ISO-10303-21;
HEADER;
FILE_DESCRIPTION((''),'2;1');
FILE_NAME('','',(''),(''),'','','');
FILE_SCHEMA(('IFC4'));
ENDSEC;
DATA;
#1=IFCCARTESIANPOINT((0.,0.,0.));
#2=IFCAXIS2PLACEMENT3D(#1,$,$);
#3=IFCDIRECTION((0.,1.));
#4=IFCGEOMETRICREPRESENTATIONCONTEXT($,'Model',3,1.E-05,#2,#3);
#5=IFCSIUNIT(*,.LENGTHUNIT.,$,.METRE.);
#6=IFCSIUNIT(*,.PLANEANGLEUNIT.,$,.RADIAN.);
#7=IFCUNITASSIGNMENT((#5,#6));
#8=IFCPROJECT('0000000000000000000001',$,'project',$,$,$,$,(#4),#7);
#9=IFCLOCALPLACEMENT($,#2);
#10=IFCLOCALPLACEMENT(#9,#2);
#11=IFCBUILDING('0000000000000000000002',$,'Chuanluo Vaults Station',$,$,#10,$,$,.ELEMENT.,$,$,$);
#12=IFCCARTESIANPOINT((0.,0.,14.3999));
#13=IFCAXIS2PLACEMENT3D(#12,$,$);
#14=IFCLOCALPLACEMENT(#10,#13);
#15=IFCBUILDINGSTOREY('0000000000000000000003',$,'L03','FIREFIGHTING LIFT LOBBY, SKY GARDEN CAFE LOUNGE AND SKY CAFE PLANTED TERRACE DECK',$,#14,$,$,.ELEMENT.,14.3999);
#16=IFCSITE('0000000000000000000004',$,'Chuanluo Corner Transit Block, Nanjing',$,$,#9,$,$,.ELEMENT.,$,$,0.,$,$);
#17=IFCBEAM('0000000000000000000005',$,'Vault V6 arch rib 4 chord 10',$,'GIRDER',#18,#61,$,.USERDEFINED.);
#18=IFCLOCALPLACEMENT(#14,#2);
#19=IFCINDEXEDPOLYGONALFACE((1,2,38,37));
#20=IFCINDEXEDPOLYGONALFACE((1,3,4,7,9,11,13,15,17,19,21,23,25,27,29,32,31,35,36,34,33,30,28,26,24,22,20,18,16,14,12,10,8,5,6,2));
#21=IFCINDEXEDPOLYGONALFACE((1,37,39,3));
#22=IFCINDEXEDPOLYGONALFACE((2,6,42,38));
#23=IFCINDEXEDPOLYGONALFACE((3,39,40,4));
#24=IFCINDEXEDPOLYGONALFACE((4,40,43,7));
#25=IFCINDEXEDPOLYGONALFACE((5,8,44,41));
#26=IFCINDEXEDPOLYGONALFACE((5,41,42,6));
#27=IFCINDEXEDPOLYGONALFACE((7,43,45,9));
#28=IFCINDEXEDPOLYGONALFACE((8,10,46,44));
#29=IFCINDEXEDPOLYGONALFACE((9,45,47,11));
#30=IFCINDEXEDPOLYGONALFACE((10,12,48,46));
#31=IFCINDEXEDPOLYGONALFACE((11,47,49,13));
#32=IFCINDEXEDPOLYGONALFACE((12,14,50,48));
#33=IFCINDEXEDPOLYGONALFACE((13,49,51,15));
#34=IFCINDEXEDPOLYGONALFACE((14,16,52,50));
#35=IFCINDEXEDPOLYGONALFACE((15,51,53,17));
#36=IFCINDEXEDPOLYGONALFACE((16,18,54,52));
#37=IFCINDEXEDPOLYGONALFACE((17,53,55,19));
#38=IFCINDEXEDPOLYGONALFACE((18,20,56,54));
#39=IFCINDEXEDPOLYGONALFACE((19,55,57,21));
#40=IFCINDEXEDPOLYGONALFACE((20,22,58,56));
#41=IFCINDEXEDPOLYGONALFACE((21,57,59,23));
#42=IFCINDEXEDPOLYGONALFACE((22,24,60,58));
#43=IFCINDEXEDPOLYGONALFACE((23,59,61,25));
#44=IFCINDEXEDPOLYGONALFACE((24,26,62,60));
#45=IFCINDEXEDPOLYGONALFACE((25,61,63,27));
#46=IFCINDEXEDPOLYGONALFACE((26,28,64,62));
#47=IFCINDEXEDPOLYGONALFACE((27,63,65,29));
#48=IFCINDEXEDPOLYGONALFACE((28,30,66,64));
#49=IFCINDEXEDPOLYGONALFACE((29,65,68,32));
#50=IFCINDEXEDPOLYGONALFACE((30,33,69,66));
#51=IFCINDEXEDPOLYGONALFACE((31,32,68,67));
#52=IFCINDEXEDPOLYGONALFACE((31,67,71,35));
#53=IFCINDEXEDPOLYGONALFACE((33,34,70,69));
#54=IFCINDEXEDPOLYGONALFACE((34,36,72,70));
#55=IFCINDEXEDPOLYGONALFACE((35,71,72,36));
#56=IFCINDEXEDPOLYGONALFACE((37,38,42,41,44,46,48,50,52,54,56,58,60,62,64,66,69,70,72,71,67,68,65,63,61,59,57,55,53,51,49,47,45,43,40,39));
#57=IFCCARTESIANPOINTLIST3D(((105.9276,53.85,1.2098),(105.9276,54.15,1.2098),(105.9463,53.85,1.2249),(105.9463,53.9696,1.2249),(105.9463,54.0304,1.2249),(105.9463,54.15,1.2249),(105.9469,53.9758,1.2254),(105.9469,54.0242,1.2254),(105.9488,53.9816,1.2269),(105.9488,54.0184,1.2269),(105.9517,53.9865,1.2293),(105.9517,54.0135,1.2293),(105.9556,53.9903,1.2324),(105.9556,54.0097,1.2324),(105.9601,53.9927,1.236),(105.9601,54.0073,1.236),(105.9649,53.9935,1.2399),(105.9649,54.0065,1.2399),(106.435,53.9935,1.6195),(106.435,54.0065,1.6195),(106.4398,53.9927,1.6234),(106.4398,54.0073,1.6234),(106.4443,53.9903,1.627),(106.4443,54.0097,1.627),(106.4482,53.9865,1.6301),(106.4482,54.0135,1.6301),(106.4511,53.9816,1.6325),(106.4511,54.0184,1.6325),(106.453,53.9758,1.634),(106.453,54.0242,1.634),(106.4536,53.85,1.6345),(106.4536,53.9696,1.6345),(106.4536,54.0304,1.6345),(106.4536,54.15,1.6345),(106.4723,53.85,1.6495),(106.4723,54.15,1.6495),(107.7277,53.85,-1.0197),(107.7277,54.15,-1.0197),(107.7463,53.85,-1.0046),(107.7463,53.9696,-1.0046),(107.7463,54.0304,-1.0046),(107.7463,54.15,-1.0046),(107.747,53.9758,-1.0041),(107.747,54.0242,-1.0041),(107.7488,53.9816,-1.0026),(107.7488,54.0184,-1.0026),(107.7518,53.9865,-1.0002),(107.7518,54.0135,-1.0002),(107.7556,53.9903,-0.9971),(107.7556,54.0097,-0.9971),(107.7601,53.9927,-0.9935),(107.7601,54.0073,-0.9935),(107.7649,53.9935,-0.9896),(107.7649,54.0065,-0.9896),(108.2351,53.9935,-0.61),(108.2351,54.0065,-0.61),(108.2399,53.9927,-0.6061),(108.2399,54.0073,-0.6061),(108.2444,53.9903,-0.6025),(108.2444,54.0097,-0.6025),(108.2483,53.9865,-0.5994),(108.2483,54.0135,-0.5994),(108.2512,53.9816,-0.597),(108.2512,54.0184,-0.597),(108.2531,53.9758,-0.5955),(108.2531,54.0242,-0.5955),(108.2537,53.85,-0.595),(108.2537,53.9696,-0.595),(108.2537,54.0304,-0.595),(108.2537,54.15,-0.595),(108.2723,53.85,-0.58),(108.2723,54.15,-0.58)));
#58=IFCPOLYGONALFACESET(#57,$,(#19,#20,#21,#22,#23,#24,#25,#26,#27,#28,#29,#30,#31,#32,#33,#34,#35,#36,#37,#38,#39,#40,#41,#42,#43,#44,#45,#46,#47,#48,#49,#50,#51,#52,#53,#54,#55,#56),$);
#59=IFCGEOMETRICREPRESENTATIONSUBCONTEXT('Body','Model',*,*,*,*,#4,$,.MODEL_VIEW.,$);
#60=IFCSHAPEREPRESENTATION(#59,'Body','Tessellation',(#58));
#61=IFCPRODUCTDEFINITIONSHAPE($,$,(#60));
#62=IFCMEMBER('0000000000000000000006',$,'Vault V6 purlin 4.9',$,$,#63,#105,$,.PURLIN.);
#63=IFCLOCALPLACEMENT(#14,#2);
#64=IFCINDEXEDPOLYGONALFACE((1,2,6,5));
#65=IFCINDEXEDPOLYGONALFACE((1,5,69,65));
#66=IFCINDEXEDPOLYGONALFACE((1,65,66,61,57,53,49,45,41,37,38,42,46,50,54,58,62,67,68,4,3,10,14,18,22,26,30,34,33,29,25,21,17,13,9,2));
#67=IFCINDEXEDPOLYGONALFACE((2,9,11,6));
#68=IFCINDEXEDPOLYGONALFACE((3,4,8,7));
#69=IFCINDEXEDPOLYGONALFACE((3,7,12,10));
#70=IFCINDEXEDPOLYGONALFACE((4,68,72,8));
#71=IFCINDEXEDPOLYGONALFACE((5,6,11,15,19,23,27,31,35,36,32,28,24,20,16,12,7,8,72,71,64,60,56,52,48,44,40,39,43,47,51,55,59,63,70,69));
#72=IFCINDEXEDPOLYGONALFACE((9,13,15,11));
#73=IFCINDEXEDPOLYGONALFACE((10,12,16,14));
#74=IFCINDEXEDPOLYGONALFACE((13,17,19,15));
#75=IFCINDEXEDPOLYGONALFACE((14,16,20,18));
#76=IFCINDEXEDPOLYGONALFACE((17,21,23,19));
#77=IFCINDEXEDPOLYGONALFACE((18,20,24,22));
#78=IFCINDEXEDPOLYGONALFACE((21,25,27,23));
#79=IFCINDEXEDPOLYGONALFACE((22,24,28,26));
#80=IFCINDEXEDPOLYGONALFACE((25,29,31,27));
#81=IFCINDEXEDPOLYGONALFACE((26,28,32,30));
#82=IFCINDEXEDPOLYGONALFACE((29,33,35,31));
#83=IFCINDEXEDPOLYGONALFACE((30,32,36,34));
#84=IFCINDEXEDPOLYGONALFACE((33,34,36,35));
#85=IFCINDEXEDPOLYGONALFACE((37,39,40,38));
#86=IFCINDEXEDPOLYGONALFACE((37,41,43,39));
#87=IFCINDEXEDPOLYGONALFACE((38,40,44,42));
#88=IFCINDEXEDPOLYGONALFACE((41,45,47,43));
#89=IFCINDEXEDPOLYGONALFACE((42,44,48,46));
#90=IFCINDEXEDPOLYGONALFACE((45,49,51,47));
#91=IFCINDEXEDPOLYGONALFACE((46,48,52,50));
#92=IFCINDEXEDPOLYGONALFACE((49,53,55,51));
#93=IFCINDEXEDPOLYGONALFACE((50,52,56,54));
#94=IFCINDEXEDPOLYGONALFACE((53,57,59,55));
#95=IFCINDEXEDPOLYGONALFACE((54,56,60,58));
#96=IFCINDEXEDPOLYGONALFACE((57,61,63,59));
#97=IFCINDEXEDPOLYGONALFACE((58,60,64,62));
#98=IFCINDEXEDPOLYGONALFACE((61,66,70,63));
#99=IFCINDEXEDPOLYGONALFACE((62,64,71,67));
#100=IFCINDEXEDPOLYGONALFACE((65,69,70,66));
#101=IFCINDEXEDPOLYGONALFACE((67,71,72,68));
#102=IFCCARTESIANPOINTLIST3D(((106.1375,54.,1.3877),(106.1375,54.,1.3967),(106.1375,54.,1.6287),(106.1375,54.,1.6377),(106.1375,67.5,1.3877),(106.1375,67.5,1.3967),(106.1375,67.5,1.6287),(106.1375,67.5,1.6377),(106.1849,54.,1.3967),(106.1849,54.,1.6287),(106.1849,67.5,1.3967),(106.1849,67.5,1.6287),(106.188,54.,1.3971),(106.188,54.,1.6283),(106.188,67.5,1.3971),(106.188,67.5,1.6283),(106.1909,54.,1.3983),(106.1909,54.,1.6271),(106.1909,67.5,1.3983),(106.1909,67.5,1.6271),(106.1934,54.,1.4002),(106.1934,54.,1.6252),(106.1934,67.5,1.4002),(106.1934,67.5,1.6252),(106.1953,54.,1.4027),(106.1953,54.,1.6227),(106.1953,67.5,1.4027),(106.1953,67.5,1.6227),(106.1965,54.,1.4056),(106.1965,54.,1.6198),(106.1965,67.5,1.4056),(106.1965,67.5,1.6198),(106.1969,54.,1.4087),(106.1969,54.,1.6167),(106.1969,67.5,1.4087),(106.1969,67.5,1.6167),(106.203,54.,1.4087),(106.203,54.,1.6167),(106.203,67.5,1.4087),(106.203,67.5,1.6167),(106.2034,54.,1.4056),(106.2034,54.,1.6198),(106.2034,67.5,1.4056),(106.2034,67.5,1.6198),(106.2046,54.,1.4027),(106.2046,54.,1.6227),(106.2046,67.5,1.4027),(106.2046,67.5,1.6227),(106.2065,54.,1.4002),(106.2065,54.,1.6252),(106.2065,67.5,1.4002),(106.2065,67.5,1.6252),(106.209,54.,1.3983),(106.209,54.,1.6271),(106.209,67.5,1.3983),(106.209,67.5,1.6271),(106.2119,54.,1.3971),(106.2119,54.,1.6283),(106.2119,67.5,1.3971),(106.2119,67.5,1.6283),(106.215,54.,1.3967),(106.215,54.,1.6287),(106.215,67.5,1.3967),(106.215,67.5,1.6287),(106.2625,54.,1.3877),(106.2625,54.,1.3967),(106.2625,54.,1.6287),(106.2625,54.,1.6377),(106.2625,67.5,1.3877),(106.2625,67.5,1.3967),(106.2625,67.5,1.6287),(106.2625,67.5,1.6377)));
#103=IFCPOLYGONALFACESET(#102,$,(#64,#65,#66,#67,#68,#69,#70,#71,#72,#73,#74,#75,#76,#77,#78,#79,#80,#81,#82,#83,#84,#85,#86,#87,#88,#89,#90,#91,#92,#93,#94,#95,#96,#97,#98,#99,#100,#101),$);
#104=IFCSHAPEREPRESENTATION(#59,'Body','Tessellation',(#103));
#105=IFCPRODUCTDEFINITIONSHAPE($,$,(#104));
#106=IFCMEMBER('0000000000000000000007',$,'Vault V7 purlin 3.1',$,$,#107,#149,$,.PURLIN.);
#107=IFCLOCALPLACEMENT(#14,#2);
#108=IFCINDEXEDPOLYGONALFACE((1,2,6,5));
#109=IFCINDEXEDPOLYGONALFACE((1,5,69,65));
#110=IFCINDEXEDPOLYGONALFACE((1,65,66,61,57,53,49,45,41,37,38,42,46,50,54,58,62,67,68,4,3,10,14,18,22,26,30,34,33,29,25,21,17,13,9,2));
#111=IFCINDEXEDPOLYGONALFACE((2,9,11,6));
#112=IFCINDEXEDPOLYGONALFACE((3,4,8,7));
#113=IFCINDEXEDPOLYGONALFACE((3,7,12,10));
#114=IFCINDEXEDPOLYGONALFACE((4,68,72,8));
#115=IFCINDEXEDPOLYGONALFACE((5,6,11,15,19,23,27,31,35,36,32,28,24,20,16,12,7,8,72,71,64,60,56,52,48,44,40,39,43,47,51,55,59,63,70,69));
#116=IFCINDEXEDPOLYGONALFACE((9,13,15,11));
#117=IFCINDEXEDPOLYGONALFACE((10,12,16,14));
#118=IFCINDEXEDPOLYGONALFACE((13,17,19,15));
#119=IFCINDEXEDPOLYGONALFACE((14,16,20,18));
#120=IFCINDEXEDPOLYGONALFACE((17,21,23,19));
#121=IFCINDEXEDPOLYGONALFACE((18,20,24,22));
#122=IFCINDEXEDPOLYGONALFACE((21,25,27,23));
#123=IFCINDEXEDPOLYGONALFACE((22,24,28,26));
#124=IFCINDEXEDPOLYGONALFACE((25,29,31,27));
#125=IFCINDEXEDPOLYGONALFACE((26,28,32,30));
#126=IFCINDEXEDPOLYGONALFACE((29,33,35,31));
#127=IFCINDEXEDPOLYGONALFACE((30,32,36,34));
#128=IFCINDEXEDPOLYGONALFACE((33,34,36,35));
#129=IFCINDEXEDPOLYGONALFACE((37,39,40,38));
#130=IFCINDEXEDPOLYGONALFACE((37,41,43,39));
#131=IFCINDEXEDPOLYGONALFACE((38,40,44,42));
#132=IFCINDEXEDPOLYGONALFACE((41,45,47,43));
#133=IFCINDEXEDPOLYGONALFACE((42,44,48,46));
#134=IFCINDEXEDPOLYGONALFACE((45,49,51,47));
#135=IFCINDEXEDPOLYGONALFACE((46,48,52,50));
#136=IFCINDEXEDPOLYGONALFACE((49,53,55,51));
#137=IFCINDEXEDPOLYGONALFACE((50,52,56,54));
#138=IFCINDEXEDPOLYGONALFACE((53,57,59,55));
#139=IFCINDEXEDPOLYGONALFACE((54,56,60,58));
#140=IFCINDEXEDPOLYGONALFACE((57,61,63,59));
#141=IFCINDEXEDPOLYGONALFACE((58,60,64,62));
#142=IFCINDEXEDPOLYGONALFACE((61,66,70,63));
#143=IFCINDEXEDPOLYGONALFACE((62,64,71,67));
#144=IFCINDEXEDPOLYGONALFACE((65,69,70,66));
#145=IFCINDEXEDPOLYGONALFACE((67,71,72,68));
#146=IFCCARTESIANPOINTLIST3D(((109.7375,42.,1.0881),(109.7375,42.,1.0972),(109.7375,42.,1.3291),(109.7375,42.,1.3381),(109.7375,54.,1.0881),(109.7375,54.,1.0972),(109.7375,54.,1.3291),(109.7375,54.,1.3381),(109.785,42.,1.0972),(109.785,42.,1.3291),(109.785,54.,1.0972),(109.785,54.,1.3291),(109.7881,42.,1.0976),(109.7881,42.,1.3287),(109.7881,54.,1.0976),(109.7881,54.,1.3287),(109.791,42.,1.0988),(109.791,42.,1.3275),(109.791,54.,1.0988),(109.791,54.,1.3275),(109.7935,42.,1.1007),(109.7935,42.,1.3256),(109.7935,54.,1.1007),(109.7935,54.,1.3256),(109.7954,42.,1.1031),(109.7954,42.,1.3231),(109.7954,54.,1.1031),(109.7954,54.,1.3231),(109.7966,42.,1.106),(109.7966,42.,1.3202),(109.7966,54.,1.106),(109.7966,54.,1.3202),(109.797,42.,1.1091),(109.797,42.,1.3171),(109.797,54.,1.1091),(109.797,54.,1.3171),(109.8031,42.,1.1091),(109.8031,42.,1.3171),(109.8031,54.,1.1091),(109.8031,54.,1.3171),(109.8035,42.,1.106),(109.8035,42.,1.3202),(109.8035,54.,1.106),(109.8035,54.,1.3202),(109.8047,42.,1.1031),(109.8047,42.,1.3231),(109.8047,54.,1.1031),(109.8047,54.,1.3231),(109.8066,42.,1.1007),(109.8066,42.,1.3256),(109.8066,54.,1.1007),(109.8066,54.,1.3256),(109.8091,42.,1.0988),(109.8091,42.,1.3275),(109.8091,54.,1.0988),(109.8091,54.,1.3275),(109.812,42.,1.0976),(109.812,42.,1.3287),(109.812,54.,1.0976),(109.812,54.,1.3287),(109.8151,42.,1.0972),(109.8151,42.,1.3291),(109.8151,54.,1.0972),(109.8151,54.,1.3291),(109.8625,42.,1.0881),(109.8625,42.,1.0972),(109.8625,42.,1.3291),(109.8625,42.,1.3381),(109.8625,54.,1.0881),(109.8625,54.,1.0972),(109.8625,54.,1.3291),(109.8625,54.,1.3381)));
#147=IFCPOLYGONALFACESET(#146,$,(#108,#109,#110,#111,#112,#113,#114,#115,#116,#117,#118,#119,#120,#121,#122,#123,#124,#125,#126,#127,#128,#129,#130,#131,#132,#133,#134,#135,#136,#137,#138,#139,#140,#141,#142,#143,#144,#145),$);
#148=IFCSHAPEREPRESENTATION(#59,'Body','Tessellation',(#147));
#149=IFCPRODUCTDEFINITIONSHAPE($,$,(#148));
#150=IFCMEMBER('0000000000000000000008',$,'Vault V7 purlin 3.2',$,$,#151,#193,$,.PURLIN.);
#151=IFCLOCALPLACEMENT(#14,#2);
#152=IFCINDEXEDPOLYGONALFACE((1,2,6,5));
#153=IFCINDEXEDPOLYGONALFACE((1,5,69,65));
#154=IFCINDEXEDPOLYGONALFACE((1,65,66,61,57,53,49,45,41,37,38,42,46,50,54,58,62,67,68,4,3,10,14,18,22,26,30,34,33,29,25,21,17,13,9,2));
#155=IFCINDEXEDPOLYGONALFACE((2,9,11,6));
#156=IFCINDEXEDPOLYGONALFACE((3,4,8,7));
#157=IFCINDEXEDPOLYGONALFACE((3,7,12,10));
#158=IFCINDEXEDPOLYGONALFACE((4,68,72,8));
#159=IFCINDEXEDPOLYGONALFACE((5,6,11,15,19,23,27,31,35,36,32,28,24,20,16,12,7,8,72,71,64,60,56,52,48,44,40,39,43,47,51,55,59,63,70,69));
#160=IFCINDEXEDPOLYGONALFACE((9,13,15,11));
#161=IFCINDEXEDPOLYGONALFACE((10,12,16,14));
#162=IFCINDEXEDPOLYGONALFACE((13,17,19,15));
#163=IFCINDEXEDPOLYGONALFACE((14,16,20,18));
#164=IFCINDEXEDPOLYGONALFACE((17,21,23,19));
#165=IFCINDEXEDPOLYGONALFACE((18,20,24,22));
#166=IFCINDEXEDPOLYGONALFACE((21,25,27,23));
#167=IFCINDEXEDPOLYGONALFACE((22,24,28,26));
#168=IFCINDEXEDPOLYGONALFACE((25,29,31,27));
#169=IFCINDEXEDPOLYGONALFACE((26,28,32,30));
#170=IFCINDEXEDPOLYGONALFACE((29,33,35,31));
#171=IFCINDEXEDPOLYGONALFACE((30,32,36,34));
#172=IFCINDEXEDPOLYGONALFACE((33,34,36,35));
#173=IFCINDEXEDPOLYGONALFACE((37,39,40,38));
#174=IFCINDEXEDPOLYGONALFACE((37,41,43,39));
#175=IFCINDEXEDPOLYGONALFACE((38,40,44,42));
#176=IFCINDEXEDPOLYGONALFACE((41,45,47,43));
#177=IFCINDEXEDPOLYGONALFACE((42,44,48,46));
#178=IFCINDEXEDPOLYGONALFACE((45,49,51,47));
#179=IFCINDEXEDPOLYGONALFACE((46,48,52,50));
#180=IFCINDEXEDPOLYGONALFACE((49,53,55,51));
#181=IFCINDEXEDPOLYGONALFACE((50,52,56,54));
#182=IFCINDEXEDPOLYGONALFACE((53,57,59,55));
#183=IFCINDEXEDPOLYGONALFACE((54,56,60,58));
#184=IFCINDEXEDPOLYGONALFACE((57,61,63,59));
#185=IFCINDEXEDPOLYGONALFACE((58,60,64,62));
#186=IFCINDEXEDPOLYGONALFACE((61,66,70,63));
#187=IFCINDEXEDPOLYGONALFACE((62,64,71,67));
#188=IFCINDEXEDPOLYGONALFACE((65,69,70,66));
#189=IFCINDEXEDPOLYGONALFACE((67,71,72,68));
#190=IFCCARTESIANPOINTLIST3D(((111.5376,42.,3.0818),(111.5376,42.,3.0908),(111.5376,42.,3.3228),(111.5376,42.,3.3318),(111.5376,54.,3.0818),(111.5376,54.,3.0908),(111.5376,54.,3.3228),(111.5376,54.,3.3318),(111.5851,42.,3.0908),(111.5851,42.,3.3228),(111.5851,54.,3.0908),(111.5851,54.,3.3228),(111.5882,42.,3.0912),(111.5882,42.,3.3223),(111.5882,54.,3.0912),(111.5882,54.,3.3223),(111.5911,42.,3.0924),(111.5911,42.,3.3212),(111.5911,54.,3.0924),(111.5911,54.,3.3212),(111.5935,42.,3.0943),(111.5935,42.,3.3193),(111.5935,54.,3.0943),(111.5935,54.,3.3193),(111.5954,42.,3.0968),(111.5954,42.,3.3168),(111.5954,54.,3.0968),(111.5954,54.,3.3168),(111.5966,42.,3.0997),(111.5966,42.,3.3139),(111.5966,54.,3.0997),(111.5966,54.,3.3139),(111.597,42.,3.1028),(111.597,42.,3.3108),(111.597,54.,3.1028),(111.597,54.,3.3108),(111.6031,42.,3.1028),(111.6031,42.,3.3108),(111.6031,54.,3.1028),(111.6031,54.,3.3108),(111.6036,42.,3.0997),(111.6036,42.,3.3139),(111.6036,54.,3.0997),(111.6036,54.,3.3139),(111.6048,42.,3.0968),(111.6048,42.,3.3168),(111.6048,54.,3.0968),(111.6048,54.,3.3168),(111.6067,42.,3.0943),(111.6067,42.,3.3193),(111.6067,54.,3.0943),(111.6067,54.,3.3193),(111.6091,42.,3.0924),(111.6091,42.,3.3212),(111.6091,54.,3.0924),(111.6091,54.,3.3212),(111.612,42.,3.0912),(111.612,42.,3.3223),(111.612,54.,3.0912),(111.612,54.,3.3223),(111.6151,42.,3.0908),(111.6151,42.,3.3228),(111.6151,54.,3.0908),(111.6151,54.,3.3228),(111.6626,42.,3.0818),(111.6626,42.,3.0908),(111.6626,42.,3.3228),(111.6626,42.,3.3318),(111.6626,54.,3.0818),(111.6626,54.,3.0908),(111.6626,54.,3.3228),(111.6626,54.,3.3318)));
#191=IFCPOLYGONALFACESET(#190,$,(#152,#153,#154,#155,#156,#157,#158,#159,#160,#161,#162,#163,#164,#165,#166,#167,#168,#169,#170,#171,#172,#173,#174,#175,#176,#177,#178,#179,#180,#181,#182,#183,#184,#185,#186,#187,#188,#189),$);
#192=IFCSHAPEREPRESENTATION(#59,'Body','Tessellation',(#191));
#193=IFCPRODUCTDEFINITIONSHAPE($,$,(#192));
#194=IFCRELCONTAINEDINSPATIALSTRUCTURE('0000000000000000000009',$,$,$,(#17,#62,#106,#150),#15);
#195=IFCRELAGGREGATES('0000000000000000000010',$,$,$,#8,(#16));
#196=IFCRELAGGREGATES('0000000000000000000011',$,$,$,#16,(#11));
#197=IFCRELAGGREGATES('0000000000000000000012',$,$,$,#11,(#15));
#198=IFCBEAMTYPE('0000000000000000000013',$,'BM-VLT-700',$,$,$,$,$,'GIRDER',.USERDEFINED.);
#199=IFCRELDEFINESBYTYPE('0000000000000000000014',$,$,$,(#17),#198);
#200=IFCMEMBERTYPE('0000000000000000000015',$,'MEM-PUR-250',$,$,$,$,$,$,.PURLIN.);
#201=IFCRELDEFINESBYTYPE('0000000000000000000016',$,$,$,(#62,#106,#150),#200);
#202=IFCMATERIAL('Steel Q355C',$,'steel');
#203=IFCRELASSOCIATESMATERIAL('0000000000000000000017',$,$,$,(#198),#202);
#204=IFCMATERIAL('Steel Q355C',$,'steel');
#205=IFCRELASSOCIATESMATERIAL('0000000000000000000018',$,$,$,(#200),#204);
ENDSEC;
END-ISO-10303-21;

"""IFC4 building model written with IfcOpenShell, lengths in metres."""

from ifc_helpers import new_model, si_unit, direction, frame, origin, origin_2d, place, context, subcontext, project, spatial, i_section, extrude, material, material_profile, profile_set, type_object, element, save


model = new_model("IFC4")

# Units and contexts
model_context = context("Model", 3, precision=1e-05, world=origin(), true_north=direction((0.0, 1.0)))
body_context = subcontext(model_context, "Body", "Model", "MODEL_VIEW")
ifc_project = project(units=[si_unit("LENGTHUNIT", "METRE"), si_unit("PLANEANGLEUNIT", "RADIAN")], contexts=[model_context])

# Site, building, storey
site_placement = place(None, origin())
site = spatial("IfcSite", under=ifc_project, at=site_placement, Name="Chuanluo Corner Transit Block, Nanjing", CompositionType="ELEMENT", RefElevation=0.0)
building_placement = place(site_placement, origin())
building = spatial("IfcBuilding", under=site, at=building_placement, Name="Chuanluo Vaults Station", CompositionType="ELEMENT")
storey_placement = place(building_placement, frame((0.0, 0.0, 14.3999)))
storey = spatial("IfcBuildingStorey", under=building, at=storey_placement, Name="L03", Description="FIREFIGHTING LIFT LOBBY, SKY GARDEN CAFE LOUNGE AND SKY CAFE PLANTED TERRACE DECK", CompositionType="ELEMENT", Elevation=14.3999)

# Beam
ifc_material_1 = material(Name="Steel Q355C", Category="steel")
ifc_material_profile_1 = material_profile(ifc_material_1, i_section(OverallWidth=0.3, OverallDepth=0.7, WebThickness=0.0129, FlangeThickness=0.0239, FilletRadius=0.0239, at=origin_2d()))
ifc_profile_set_1 = profile_set([ifc_material_profile_1], Name="Steel Q355C")
beam_type_1 = type_object("IfcBeamType", Name="BM-VLT-700", ElementType="GIRDER", PredefinedType="USERDEFINED", material=ifc_profile_set_1)
beam_1_placement = place(storey_placement, frame((106.2, 54.0, 1.4297), z_axis=(0.62819, 0.0, -0.77806), x_axis=(0.0, 1.0, 0.0)))
element("IfcBeam", 1, at=beam_1_placement, inside=storey, type_object=beam_type_1, Name="Vault V6 arch rib 4 chord 10", ObjectType="GIRDER", PredefinedType="USERDEFINED", context=body_context, shape_type="SweptSolid", body=[
    extrude(i_section(OverallWidth=0.3, OverallDepth=0.7, WebThickness=0.0129, FlangeThickness=0.0239, FilletRadius=0.0239, at=origin_2d()), origin(), (0.0, 0.0, 1.0), 2.8655),
])

# Members
ifc_material_2 = material(Name="Steel Q355C", Category="steel")
ifc_material_profile_2 = material_profile(ifc_material_2, i_section(OverallWidth=0.125, OverallDepth=0.25, WebThickness=0.0061, FlangeThickness=0.009, FilletRadius=0.012, at=origin_2d()))
ifc_profile_set_2 = profile_set([ifc_material_profile_2], Name="Steel Q355C")
member_type_1 = type_object("IfcMemberType", Name="MEM-PUR-250", PredefinedType="PURLIN", material=ifc_profile_set_2)
member_1_placement = place(storey_placement, frame((106.2, 54.0, 1.5127), z_axis=(0.0, 1.0, 0.0), x_axis=(-1.0, 0.0, 0.0)))
element("IfcMember", 2, at=member_1_placement, inside=storey, type_object=member_type_1, Name="Vault V6 purlin 4.9", PredefinedType="PURLIN", context=body_context, shape_type="SweptSolid", body=[
    extrude(i_section(OverallWidth=0.125, OverallDepth=0.25, WebThickness=0.0061, FlangeThickness=0.009, FilletRadius=0.012, at=origin_2d()), origin(), (0.0, 0.0, 1.0), 13.5),
])
for number, where, z_axis, x_axis, name in (
    (3, (109.8, 42.0, 1.2131), (0.0, 1.0, 0.0), (-1.0, 0.0, 0.0), "Vault V7 purlin 3.1"),
    (4, (111.6001, 42.0, 3.2068), (0.0, 1.0, 0.0), (-1.0, 0.0, 0.0), "Vault V7 purlin 3.2"),
):
    element("IfcMember", number, at=place(storey_placement, frame(where, z_axis=z_axis, x_axis=x_axis)), inside=storey, type_object=member_type_1, Name=name, PredefinedType="PURLIN", context=body_context, shape_type="SweptSolid", body=[
        extrude(i_section(OverallWidth=0.125, OverallDepth=0.25, WebThickness=0.0061, FlangeThickness=0.009, FilletRadius=0.012, at=origin_2d()), origin(), (0.0, 0.0, 1.0), 12.0),
    ])

save(model, "model.ifc")
